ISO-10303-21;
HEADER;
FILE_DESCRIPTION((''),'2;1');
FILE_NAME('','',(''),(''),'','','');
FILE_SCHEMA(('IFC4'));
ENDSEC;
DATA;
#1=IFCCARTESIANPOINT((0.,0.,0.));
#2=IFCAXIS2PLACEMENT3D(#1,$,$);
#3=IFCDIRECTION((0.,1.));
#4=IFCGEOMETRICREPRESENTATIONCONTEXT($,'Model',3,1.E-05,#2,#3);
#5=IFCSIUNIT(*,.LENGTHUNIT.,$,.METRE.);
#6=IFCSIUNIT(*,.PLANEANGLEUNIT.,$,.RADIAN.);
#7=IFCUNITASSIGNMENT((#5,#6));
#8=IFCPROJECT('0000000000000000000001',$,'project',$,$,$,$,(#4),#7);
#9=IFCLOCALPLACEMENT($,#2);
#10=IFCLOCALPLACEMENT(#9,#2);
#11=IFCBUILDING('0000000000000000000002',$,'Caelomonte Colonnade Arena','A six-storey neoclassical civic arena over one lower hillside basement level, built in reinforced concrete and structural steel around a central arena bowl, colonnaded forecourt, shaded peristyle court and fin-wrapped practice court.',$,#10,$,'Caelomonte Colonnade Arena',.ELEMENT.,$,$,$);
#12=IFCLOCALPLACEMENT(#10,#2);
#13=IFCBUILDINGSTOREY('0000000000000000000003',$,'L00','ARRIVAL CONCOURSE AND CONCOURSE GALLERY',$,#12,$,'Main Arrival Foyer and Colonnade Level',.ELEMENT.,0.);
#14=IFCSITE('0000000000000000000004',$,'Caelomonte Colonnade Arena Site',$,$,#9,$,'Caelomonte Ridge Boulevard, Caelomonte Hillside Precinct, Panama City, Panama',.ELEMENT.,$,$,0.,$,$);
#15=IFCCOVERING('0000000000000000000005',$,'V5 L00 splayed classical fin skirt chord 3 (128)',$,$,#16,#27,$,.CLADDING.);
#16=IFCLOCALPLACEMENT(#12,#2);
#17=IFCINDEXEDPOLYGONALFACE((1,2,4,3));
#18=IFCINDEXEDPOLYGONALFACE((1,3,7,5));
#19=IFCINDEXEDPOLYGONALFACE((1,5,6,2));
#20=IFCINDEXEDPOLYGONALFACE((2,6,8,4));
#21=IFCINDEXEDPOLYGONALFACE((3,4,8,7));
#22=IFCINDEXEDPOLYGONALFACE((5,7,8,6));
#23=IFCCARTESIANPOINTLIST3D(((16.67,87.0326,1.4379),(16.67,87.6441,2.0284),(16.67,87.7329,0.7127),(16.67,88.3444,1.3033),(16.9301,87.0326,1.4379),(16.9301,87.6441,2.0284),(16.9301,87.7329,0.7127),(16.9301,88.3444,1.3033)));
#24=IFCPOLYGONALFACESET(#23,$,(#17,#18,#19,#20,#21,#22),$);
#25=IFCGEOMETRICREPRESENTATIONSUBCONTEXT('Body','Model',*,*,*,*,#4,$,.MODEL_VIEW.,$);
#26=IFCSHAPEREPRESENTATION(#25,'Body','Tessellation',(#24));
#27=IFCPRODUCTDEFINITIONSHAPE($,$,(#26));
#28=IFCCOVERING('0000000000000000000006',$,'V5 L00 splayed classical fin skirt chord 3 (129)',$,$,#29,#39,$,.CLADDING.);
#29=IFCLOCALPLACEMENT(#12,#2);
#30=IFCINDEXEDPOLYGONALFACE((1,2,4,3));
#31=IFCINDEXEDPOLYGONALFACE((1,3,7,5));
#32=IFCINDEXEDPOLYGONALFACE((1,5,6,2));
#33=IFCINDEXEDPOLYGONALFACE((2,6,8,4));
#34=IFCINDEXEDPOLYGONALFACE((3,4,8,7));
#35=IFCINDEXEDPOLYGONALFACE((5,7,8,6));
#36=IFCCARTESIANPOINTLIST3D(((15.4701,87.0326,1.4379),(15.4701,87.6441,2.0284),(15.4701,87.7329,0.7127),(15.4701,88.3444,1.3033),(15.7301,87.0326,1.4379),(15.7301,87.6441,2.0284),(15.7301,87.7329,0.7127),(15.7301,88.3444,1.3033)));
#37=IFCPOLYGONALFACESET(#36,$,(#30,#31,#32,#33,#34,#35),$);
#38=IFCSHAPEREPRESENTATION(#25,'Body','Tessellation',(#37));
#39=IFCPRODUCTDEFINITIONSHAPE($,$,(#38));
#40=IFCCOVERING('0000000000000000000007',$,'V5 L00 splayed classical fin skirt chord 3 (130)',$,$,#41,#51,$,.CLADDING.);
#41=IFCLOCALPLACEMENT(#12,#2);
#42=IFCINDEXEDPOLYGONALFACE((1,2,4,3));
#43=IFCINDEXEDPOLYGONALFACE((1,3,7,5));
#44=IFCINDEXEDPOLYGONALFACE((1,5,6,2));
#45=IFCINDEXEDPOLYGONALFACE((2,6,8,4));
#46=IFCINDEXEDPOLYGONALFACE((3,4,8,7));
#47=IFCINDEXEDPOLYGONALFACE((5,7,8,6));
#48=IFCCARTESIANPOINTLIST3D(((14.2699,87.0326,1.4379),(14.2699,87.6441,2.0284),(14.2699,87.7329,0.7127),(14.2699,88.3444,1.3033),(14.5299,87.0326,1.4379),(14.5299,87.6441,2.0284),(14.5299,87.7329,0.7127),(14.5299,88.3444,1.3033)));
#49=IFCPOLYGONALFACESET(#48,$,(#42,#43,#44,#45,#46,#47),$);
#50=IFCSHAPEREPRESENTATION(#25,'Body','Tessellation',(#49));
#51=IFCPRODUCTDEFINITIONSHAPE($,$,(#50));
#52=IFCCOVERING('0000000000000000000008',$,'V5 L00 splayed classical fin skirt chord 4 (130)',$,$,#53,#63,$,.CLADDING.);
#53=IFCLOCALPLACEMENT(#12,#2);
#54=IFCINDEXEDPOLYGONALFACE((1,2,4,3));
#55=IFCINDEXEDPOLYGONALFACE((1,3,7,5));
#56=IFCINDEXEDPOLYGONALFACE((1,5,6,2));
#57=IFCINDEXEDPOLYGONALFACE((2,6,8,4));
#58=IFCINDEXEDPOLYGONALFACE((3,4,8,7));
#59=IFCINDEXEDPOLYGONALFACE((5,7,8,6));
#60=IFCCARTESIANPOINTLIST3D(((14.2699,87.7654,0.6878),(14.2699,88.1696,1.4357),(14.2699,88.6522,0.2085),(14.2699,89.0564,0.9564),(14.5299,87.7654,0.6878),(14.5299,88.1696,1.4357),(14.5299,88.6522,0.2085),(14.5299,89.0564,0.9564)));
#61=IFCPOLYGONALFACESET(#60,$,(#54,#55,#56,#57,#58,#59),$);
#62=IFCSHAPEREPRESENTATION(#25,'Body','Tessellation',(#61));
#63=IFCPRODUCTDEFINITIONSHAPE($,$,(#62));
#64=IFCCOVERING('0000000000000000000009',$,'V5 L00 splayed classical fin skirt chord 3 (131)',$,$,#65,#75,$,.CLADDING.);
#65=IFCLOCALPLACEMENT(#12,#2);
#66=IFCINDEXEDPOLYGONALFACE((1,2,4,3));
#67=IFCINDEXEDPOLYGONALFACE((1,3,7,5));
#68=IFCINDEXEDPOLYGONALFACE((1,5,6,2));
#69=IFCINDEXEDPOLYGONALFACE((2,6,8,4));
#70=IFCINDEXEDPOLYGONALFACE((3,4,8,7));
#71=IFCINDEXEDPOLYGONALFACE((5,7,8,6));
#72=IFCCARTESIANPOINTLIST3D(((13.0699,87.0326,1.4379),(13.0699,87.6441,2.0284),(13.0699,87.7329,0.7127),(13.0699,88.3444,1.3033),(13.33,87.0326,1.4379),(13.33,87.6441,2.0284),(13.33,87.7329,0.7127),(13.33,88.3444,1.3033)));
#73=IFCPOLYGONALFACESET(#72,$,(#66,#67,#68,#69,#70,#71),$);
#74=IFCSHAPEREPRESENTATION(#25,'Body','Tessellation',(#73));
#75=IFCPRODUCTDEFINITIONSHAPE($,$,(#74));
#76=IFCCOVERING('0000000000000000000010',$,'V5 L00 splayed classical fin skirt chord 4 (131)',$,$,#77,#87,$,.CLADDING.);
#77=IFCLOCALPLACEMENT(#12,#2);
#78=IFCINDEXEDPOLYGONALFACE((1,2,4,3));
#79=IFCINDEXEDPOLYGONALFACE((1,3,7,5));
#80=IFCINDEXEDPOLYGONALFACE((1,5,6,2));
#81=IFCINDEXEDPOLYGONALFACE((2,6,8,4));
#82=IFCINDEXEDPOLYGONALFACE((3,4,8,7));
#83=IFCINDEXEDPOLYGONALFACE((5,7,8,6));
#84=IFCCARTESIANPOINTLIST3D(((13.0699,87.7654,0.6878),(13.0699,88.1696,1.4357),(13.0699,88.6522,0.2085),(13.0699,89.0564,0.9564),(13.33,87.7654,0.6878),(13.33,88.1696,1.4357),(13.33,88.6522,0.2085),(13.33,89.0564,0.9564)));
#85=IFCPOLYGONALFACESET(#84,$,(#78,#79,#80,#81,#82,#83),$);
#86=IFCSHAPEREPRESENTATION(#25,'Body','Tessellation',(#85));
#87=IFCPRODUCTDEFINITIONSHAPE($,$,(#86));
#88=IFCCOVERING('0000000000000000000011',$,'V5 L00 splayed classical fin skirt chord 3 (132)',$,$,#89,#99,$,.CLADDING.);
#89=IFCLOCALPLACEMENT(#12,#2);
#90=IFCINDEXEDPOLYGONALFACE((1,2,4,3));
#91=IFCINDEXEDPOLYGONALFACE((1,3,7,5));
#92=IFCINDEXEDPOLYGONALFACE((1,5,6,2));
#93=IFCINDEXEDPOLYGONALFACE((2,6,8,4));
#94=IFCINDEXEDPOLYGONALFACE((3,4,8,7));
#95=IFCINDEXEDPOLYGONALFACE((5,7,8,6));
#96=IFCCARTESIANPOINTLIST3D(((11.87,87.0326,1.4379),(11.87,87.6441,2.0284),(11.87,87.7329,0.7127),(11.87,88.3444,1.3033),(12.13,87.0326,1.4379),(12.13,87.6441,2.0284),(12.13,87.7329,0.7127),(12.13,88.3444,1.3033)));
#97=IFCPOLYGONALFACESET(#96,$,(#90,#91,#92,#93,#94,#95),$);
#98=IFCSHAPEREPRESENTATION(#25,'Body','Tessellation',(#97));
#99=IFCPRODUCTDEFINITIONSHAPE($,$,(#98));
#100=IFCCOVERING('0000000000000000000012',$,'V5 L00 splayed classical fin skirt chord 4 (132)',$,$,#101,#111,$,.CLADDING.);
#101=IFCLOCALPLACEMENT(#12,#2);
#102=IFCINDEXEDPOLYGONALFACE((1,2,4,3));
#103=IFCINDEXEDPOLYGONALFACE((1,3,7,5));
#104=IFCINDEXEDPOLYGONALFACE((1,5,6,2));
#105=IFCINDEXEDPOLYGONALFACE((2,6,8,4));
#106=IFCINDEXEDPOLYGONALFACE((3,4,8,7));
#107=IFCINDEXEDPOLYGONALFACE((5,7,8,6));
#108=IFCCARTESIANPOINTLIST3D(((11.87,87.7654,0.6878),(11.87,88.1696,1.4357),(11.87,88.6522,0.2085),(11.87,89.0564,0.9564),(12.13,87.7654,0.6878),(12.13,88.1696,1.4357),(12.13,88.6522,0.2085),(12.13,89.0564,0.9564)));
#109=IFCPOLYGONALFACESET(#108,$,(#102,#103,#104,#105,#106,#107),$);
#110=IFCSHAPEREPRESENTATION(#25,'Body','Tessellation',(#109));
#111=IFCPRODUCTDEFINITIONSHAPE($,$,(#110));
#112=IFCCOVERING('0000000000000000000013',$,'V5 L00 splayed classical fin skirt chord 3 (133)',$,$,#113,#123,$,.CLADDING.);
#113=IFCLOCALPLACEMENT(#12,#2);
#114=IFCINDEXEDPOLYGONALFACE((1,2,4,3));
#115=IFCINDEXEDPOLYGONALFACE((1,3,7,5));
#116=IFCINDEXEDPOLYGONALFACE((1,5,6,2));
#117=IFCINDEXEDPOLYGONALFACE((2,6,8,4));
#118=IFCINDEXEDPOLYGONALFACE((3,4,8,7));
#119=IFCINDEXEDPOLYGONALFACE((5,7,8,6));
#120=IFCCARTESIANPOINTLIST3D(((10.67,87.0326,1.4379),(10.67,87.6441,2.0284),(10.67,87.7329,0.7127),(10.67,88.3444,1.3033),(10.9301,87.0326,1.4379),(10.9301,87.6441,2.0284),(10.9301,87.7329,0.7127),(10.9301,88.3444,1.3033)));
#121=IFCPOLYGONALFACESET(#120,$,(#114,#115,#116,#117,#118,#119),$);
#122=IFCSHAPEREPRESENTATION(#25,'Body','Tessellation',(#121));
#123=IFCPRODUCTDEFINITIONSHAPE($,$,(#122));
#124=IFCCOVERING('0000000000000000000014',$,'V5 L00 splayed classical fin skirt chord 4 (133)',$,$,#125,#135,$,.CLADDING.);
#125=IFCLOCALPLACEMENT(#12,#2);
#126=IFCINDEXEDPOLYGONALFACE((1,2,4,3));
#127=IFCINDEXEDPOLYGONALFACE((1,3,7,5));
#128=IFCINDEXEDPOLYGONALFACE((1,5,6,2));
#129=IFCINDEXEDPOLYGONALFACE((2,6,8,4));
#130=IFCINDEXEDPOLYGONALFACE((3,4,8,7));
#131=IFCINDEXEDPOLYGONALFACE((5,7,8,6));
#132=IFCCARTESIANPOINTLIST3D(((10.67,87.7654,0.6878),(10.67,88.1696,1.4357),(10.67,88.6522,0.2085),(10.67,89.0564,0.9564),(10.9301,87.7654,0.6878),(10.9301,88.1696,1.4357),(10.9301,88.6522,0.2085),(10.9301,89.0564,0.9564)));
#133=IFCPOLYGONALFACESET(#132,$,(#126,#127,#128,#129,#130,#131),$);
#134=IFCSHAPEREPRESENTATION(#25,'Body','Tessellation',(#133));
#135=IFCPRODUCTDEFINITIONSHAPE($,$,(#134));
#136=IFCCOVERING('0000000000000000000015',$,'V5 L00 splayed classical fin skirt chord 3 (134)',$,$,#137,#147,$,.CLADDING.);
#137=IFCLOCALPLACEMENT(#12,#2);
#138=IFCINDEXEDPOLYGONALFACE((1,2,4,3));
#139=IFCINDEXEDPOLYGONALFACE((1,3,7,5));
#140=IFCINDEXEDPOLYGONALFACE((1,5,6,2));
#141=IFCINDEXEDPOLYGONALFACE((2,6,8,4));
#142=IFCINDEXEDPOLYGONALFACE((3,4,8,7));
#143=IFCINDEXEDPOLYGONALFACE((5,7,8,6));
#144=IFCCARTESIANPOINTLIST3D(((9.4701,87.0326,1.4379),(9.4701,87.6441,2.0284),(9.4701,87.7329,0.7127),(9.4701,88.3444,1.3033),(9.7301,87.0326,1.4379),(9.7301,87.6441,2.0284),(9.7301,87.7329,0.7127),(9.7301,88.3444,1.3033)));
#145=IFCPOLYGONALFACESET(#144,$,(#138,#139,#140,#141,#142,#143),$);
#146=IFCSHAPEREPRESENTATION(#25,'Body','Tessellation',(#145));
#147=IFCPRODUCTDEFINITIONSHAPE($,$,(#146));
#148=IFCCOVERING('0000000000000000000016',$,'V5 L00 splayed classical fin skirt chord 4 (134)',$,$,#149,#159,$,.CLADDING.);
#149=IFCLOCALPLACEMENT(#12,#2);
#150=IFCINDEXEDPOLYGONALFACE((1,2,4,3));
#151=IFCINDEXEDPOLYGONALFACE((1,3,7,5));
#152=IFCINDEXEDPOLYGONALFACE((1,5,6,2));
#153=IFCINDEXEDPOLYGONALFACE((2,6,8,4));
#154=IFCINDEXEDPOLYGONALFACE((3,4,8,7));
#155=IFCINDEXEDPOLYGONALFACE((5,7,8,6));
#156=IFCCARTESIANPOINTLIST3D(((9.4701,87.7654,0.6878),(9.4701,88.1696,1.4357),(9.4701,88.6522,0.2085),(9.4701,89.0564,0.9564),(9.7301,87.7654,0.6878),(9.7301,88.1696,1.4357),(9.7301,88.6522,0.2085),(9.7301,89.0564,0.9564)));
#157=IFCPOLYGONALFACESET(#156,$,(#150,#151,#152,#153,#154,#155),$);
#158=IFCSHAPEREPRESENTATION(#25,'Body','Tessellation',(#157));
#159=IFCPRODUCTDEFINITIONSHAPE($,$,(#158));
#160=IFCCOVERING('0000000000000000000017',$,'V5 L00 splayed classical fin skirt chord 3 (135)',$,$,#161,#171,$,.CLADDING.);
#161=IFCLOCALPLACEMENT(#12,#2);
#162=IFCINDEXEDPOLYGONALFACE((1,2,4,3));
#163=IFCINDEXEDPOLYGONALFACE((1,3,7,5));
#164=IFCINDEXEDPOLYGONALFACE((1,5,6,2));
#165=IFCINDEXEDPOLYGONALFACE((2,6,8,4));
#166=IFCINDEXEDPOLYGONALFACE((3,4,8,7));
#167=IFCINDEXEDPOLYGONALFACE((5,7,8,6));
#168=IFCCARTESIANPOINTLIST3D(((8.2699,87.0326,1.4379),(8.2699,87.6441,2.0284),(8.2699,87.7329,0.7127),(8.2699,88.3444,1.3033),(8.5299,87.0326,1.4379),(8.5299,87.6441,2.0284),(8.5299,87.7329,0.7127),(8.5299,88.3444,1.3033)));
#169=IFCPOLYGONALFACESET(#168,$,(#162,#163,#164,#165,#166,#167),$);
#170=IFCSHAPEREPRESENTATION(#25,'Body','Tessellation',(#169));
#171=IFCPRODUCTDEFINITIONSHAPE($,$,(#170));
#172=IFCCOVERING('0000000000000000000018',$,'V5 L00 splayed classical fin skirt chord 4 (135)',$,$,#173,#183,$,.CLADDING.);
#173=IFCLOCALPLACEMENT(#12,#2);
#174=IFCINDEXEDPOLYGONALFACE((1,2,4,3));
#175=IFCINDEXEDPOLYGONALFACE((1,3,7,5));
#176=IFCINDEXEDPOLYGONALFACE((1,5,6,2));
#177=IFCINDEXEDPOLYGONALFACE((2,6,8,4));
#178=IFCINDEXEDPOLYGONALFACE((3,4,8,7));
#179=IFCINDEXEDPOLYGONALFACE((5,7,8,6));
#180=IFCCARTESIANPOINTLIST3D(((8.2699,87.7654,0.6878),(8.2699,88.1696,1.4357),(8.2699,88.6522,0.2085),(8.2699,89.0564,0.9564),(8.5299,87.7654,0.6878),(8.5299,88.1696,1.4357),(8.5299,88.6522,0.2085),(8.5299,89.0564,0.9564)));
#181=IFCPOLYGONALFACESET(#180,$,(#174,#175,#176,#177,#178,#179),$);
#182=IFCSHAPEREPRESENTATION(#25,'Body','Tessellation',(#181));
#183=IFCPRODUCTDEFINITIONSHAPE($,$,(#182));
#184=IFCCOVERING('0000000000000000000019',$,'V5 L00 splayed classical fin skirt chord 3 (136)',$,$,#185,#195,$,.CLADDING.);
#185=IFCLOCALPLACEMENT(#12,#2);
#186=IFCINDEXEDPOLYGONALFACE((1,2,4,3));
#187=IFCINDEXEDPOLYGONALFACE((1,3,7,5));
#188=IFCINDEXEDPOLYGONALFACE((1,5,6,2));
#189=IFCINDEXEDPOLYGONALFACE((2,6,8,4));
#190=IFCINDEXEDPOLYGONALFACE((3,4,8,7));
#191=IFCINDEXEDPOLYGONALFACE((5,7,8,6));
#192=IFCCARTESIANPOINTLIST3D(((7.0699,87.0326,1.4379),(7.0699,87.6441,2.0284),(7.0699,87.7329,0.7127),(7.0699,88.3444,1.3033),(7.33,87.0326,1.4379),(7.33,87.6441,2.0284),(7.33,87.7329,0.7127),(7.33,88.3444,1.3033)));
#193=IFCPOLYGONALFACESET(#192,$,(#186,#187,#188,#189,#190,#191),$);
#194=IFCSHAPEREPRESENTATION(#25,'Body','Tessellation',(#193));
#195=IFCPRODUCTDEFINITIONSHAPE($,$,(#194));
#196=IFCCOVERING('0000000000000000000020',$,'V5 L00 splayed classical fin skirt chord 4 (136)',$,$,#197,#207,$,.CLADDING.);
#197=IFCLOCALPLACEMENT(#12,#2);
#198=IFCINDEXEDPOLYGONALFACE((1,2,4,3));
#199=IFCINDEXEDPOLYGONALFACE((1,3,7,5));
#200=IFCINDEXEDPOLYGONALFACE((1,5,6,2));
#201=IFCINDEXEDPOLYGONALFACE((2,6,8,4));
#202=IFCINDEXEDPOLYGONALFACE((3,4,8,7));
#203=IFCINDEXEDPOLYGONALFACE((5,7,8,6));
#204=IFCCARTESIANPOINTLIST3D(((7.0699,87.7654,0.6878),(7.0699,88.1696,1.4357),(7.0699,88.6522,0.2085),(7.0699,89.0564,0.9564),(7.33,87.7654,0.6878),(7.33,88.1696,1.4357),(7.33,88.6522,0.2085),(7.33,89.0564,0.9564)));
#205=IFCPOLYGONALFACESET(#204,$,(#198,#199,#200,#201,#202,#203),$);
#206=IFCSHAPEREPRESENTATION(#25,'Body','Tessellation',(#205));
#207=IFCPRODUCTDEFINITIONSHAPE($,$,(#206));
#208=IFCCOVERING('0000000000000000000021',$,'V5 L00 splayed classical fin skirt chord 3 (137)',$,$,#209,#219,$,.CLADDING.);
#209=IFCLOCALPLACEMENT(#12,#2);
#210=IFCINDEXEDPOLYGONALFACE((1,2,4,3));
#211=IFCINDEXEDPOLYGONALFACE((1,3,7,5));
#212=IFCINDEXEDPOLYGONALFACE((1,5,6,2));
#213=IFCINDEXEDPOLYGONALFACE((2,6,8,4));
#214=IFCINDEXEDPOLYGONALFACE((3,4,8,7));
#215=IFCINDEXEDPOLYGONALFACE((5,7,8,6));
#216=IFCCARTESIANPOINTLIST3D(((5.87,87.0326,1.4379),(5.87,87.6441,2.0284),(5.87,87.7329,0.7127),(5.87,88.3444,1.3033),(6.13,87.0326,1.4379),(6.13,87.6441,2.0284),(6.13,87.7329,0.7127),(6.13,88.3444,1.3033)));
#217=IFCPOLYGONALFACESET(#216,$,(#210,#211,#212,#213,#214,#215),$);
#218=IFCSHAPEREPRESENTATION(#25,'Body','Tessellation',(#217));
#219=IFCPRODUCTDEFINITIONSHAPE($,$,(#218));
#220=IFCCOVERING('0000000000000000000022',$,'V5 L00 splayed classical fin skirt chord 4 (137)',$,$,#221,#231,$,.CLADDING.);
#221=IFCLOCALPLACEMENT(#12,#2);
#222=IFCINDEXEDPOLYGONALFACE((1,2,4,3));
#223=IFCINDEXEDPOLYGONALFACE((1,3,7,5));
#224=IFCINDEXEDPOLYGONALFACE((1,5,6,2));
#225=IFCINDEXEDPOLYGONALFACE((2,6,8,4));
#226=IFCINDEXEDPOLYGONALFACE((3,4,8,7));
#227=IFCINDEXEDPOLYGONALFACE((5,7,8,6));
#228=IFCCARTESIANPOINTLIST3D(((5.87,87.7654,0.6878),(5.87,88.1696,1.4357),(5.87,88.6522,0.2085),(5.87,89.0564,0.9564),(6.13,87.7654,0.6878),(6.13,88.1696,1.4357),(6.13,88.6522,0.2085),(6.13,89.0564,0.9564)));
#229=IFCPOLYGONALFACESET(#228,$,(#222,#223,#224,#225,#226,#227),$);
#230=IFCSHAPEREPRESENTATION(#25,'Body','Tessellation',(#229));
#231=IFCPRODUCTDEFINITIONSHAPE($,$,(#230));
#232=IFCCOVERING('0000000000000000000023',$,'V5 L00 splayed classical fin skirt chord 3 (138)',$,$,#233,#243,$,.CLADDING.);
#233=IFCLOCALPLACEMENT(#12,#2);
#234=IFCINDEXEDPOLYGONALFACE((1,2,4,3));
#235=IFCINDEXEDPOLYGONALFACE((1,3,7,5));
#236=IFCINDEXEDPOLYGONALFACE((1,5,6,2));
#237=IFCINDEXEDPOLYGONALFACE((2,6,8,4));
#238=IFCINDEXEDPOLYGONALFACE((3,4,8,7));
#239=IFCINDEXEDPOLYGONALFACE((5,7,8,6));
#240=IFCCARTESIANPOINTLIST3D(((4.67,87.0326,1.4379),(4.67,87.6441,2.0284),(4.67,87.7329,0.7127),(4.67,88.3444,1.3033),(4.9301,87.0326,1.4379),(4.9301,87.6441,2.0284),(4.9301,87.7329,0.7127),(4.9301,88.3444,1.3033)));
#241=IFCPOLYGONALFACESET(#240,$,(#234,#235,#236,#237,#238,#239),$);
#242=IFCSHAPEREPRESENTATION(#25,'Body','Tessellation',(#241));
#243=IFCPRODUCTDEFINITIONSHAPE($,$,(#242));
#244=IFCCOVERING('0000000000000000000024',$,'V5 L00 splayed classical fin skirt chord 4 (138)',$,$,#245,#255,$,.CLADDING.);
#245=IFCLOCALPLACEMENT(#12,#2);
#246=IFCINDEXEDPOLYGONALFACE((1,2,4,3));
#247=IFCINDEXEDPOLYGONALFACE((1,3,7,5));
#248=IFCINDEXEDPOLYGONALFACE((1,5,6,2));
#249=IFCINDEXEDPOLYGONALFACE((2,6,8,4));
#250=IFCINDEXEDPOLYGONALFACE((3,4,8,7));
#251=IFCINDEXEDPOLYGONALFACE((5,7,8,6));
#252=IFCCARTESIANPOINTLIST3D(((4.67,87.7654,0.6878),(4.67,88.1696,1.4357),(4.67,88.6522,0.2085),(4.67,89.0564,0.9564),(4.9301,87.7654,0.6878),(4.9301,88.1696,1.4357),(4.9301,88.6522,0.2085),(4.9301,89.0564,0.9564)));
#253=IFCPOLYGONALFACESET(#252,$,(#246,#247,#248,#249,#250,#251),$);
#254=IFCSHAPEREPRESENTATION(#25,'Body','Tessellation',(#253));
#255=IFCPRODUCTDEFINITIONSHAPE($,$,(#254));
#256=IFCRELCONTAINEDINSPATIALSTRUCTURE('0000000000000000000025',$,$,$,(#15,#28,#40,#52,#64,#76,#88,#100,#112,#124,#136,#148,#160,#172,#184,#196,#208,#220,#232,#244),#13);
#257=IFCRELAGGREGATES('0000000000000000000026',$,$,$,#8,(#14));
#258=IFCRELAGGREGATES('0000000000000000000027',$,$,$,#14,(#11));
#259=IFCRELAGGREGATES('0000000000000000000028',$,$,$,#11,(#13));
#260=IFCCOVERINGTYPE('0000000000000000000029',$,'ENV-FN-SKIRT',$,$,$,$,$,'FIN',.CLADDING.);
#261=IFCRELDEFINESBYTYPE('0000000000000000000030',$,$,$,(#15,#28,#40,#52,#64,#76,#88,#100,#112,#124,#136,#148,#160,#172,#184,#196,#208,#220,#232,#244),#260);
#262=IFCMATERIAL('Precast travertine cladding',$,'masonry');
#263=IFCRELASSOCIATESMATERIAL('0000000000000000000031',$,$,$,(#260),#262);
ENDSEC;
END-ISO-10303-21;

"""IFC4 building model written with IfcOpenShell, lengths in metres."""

from ifc_helpers import new_model, si_unit, direction, frame, origin, origin_2d, place, context, subcontext, project, spatial, rectangle, extrude, material, material_profile, profile_set, type_object, element, save


model = new_model("IFC4")

# Units and contexts
model_context = context("Model", 3, precision=1e-05, world=origin(), true_north=direction((0.0, 1.0)))
body_context = subcontext(model_context, "Body", "Model", "MODEL_VIEW")
ifc_project = project(units=[si_unit("LENGTHUNIT", "METRE"), si_unit("PLANEANGLEUNIT", "RADIAN")], contexts=[model_context])

# Site, building, storey
site_placement = place(None, origin())
site = spatial("IfcSite", under=ifc_project, at=site_placement, Name="Caelomonte Colonnade Arena Site", LongName="Caelomonte Ridge Boulevard, Caelomonte Hillside Precinct, Panama City, Panama", CompositionType="ELEMENT", RefElevation=0.0)
building_placement = place(site_placement, origin())
building = spatial("IfcBuilding", under=site, at=building_placement, Name="Caelomonte Colonnade Arena", Description="A six-storey neoclassical civic arena over one lower hillside basement level, built in reinforced concrete and structural steel around a central arena bowl, colonnaded forecourt, shaded peristyle court and fin-wrapped practice court.", LongName="Caelomonte Colonnade Arena", CompositionType="ELEMENT")
storey_placement = place(building_placement, origin())
storey = spatial("IfcBuildingStorey", under=building, at=storey_placement, Name="L00", Description="ARRIVAL CONCOURSE AND CONCOURSE GALLERY", LongName="Main Arrival Foyer and Colonnade Level", CompositionType="ELEMENT", Elevation=0.0)

# Coverings
ifc_material = material(Name="Precast travertine cladding", Category="masonry")
ifc_material_profile = material_profile(ifc_material, rectangle(XDim=0.26, YDim=0.8501, at=origin_2d()), Name="FIN260X850")
ifc_profile_set = profile_set([ifc_material_profile], Name="Precast travertine cladding")
covering_type = type_object("IfcCoveringType", Name="ENV-FN-SKIRT", ElementType="FIN", PredefinedType="CLADDING", material=ifc_profile_set)
for number, where, z_axis, x_axis, name in (
    (1, (16.8, 87.3384, 1.7332), (0.0, 0.694646, -0.719351), (-1.0, 0.0, 0.0), "V5 L00 splayed classical fin skirt chord 3 (128)"),
    (2, (15.6001, 87.3384, 1.7332), (0.0, 0.694646, -0.719351), (-1.0, 0.0, 0.0), "V5 L00 splayed classical fin skirt chord 3 (129)"),
    (3, (14.3999, 87.3384, 1.7332), (0.0, 0.694646, -0.719351), (-1.0, 0.0, 0.0), "V5 L00 splayed classical fin skirt chord 3 (130)"),
    (4, (14.3999, 87.9675, 1.0618), (0.0, 0.879731, -0.475471), (-1.0, 0.0, 0.0), "V5 L00 splayed classical fin skirt chord 4 (130)"),
    (5, (13.2, 87.3384, 1.7332), (0.0, 0.694646, -0.719351), (-1.0, 0.0, 0.0), "V5 L00 splayed classical fin skirt chord 3 (131)"),
    (6, (13.2, 87.9675, 1.0618), (0.0, 0.879731, -0.475471), (-1.0, 0.0, 0.0), "V5 L00 splayed classical fin skirt chord 4 (131)"),
    (7, (12.0, 87.3384, 1.7332), (0.0, 0.694646, -0.719351), (-1.0, 0.0, 0.0), "V5 L00 splayed classical fin skirt chord 3 (132)"),
    (8, (12.0, 87.9675, 1.0618), (0.0, 0.879731, -0.475471), (-1.0, 0.0, 0.0), "V5 L00 splayed classical fin skirt chord 4 (132)"),
    (9, (10.8, 87.3384, 1.7332), (0.0, 0.694646, -0.719351), (-1.0, 0.0, 0.0), "V5 L00 splayed classical fin skirt chord 3 (133)"),
    (10, (10.8, 87.9675, 1.0618), (0.0, 0.879731, -0.475471), (-1.0, 0.0, 0.0), "V5 L00 splayed classical fin skirt chord 4 (133)"),
    (11, (9.6001, 87.3384, 1.7332), (0.0, 0.694646, -0.719351), (-1.0, 0.0, 0.0), "V5 L00 splayed classical fin skirt chord 3 (134)"),
    (12, (9.6001, 87.9675, 1.0618), (0.0, 0.879731, -0.475471), (-1.0, 0.0, 0.0), "V5 L00 splayed classical fin skirt chord 4 (134)"),
    (13, (8.3999, 87.3384, 1.7332), (0.0, 0.694646, -0.719351), (-1.0, 0.0, 0.0), "V5 L00 splayed classical fin skirt chord 3 (135)"),
    (14, (8.3999, 87.9675, 1.0618), (0.0, 0.879731, -0.475471), (-1.0, 0.0, 0.0), "V5 L00 splayed classical fin skirt chord 4 (135)"),
    (15, (7.2, 87.3384, 1.7332), (0.0, 0.694646, -0.719351), (-1.0, 0.0, 0.0), "V5 L00 splayed classical fin skirt chord 3 (136)"),
    (16, (7.2, 87.9675, 1.0618), (0.0, 0.879731, -0.475471), (-1.0, 0.0, 0.0), "V5 L00 splayed classical fin skirt chord 4 (136)"),
    (17, (6.0, 87.3384, 1.7332), (0.0, 0.694646, -0.719351), (-1.0, 0.0, 0.0), "V5 L00 splayed classical fin skirt chord 3 (137)"),
    (18, (6.0, 87.9675, 1.0618), (0.0, 0.879731, -0.475471), (-1.0, 0.0, 0.0), "V5 L00 splayed classical fin skirt chord 4 (137)"),
    (19, (4.8, 87.3384, 1.7332), (0.0, 0.694646, -0.719351), (-1.0, 0.0, 0.0), "V5 L00 splayed classical fin skirt chord 3 (138)"),
    (20, (4.8, 87.9675, 1.0618), (0.0, 0.879731, -0.475471), (-1.0, 0.0, 0.0), "V5 L00 splayed classical fin skirt chord 4 (138)"),
):
    element("IfcCovering", number, at=place(storey_placement, frame(where, z_axis=z_axis, x_axis=x_axis)), inside=storey, type_object=covering_type, Name=name, PredefinedType="CLADDING", context=body_context, shape_type="SweptSolid", body=[
        extrude(rectangle(XDim=0.26, YDim=0.8501, at=origin_2d()), origin(), (0.0, 0.0, 1.0), 1.0081),
    ])

save(model, "model.ifc")
